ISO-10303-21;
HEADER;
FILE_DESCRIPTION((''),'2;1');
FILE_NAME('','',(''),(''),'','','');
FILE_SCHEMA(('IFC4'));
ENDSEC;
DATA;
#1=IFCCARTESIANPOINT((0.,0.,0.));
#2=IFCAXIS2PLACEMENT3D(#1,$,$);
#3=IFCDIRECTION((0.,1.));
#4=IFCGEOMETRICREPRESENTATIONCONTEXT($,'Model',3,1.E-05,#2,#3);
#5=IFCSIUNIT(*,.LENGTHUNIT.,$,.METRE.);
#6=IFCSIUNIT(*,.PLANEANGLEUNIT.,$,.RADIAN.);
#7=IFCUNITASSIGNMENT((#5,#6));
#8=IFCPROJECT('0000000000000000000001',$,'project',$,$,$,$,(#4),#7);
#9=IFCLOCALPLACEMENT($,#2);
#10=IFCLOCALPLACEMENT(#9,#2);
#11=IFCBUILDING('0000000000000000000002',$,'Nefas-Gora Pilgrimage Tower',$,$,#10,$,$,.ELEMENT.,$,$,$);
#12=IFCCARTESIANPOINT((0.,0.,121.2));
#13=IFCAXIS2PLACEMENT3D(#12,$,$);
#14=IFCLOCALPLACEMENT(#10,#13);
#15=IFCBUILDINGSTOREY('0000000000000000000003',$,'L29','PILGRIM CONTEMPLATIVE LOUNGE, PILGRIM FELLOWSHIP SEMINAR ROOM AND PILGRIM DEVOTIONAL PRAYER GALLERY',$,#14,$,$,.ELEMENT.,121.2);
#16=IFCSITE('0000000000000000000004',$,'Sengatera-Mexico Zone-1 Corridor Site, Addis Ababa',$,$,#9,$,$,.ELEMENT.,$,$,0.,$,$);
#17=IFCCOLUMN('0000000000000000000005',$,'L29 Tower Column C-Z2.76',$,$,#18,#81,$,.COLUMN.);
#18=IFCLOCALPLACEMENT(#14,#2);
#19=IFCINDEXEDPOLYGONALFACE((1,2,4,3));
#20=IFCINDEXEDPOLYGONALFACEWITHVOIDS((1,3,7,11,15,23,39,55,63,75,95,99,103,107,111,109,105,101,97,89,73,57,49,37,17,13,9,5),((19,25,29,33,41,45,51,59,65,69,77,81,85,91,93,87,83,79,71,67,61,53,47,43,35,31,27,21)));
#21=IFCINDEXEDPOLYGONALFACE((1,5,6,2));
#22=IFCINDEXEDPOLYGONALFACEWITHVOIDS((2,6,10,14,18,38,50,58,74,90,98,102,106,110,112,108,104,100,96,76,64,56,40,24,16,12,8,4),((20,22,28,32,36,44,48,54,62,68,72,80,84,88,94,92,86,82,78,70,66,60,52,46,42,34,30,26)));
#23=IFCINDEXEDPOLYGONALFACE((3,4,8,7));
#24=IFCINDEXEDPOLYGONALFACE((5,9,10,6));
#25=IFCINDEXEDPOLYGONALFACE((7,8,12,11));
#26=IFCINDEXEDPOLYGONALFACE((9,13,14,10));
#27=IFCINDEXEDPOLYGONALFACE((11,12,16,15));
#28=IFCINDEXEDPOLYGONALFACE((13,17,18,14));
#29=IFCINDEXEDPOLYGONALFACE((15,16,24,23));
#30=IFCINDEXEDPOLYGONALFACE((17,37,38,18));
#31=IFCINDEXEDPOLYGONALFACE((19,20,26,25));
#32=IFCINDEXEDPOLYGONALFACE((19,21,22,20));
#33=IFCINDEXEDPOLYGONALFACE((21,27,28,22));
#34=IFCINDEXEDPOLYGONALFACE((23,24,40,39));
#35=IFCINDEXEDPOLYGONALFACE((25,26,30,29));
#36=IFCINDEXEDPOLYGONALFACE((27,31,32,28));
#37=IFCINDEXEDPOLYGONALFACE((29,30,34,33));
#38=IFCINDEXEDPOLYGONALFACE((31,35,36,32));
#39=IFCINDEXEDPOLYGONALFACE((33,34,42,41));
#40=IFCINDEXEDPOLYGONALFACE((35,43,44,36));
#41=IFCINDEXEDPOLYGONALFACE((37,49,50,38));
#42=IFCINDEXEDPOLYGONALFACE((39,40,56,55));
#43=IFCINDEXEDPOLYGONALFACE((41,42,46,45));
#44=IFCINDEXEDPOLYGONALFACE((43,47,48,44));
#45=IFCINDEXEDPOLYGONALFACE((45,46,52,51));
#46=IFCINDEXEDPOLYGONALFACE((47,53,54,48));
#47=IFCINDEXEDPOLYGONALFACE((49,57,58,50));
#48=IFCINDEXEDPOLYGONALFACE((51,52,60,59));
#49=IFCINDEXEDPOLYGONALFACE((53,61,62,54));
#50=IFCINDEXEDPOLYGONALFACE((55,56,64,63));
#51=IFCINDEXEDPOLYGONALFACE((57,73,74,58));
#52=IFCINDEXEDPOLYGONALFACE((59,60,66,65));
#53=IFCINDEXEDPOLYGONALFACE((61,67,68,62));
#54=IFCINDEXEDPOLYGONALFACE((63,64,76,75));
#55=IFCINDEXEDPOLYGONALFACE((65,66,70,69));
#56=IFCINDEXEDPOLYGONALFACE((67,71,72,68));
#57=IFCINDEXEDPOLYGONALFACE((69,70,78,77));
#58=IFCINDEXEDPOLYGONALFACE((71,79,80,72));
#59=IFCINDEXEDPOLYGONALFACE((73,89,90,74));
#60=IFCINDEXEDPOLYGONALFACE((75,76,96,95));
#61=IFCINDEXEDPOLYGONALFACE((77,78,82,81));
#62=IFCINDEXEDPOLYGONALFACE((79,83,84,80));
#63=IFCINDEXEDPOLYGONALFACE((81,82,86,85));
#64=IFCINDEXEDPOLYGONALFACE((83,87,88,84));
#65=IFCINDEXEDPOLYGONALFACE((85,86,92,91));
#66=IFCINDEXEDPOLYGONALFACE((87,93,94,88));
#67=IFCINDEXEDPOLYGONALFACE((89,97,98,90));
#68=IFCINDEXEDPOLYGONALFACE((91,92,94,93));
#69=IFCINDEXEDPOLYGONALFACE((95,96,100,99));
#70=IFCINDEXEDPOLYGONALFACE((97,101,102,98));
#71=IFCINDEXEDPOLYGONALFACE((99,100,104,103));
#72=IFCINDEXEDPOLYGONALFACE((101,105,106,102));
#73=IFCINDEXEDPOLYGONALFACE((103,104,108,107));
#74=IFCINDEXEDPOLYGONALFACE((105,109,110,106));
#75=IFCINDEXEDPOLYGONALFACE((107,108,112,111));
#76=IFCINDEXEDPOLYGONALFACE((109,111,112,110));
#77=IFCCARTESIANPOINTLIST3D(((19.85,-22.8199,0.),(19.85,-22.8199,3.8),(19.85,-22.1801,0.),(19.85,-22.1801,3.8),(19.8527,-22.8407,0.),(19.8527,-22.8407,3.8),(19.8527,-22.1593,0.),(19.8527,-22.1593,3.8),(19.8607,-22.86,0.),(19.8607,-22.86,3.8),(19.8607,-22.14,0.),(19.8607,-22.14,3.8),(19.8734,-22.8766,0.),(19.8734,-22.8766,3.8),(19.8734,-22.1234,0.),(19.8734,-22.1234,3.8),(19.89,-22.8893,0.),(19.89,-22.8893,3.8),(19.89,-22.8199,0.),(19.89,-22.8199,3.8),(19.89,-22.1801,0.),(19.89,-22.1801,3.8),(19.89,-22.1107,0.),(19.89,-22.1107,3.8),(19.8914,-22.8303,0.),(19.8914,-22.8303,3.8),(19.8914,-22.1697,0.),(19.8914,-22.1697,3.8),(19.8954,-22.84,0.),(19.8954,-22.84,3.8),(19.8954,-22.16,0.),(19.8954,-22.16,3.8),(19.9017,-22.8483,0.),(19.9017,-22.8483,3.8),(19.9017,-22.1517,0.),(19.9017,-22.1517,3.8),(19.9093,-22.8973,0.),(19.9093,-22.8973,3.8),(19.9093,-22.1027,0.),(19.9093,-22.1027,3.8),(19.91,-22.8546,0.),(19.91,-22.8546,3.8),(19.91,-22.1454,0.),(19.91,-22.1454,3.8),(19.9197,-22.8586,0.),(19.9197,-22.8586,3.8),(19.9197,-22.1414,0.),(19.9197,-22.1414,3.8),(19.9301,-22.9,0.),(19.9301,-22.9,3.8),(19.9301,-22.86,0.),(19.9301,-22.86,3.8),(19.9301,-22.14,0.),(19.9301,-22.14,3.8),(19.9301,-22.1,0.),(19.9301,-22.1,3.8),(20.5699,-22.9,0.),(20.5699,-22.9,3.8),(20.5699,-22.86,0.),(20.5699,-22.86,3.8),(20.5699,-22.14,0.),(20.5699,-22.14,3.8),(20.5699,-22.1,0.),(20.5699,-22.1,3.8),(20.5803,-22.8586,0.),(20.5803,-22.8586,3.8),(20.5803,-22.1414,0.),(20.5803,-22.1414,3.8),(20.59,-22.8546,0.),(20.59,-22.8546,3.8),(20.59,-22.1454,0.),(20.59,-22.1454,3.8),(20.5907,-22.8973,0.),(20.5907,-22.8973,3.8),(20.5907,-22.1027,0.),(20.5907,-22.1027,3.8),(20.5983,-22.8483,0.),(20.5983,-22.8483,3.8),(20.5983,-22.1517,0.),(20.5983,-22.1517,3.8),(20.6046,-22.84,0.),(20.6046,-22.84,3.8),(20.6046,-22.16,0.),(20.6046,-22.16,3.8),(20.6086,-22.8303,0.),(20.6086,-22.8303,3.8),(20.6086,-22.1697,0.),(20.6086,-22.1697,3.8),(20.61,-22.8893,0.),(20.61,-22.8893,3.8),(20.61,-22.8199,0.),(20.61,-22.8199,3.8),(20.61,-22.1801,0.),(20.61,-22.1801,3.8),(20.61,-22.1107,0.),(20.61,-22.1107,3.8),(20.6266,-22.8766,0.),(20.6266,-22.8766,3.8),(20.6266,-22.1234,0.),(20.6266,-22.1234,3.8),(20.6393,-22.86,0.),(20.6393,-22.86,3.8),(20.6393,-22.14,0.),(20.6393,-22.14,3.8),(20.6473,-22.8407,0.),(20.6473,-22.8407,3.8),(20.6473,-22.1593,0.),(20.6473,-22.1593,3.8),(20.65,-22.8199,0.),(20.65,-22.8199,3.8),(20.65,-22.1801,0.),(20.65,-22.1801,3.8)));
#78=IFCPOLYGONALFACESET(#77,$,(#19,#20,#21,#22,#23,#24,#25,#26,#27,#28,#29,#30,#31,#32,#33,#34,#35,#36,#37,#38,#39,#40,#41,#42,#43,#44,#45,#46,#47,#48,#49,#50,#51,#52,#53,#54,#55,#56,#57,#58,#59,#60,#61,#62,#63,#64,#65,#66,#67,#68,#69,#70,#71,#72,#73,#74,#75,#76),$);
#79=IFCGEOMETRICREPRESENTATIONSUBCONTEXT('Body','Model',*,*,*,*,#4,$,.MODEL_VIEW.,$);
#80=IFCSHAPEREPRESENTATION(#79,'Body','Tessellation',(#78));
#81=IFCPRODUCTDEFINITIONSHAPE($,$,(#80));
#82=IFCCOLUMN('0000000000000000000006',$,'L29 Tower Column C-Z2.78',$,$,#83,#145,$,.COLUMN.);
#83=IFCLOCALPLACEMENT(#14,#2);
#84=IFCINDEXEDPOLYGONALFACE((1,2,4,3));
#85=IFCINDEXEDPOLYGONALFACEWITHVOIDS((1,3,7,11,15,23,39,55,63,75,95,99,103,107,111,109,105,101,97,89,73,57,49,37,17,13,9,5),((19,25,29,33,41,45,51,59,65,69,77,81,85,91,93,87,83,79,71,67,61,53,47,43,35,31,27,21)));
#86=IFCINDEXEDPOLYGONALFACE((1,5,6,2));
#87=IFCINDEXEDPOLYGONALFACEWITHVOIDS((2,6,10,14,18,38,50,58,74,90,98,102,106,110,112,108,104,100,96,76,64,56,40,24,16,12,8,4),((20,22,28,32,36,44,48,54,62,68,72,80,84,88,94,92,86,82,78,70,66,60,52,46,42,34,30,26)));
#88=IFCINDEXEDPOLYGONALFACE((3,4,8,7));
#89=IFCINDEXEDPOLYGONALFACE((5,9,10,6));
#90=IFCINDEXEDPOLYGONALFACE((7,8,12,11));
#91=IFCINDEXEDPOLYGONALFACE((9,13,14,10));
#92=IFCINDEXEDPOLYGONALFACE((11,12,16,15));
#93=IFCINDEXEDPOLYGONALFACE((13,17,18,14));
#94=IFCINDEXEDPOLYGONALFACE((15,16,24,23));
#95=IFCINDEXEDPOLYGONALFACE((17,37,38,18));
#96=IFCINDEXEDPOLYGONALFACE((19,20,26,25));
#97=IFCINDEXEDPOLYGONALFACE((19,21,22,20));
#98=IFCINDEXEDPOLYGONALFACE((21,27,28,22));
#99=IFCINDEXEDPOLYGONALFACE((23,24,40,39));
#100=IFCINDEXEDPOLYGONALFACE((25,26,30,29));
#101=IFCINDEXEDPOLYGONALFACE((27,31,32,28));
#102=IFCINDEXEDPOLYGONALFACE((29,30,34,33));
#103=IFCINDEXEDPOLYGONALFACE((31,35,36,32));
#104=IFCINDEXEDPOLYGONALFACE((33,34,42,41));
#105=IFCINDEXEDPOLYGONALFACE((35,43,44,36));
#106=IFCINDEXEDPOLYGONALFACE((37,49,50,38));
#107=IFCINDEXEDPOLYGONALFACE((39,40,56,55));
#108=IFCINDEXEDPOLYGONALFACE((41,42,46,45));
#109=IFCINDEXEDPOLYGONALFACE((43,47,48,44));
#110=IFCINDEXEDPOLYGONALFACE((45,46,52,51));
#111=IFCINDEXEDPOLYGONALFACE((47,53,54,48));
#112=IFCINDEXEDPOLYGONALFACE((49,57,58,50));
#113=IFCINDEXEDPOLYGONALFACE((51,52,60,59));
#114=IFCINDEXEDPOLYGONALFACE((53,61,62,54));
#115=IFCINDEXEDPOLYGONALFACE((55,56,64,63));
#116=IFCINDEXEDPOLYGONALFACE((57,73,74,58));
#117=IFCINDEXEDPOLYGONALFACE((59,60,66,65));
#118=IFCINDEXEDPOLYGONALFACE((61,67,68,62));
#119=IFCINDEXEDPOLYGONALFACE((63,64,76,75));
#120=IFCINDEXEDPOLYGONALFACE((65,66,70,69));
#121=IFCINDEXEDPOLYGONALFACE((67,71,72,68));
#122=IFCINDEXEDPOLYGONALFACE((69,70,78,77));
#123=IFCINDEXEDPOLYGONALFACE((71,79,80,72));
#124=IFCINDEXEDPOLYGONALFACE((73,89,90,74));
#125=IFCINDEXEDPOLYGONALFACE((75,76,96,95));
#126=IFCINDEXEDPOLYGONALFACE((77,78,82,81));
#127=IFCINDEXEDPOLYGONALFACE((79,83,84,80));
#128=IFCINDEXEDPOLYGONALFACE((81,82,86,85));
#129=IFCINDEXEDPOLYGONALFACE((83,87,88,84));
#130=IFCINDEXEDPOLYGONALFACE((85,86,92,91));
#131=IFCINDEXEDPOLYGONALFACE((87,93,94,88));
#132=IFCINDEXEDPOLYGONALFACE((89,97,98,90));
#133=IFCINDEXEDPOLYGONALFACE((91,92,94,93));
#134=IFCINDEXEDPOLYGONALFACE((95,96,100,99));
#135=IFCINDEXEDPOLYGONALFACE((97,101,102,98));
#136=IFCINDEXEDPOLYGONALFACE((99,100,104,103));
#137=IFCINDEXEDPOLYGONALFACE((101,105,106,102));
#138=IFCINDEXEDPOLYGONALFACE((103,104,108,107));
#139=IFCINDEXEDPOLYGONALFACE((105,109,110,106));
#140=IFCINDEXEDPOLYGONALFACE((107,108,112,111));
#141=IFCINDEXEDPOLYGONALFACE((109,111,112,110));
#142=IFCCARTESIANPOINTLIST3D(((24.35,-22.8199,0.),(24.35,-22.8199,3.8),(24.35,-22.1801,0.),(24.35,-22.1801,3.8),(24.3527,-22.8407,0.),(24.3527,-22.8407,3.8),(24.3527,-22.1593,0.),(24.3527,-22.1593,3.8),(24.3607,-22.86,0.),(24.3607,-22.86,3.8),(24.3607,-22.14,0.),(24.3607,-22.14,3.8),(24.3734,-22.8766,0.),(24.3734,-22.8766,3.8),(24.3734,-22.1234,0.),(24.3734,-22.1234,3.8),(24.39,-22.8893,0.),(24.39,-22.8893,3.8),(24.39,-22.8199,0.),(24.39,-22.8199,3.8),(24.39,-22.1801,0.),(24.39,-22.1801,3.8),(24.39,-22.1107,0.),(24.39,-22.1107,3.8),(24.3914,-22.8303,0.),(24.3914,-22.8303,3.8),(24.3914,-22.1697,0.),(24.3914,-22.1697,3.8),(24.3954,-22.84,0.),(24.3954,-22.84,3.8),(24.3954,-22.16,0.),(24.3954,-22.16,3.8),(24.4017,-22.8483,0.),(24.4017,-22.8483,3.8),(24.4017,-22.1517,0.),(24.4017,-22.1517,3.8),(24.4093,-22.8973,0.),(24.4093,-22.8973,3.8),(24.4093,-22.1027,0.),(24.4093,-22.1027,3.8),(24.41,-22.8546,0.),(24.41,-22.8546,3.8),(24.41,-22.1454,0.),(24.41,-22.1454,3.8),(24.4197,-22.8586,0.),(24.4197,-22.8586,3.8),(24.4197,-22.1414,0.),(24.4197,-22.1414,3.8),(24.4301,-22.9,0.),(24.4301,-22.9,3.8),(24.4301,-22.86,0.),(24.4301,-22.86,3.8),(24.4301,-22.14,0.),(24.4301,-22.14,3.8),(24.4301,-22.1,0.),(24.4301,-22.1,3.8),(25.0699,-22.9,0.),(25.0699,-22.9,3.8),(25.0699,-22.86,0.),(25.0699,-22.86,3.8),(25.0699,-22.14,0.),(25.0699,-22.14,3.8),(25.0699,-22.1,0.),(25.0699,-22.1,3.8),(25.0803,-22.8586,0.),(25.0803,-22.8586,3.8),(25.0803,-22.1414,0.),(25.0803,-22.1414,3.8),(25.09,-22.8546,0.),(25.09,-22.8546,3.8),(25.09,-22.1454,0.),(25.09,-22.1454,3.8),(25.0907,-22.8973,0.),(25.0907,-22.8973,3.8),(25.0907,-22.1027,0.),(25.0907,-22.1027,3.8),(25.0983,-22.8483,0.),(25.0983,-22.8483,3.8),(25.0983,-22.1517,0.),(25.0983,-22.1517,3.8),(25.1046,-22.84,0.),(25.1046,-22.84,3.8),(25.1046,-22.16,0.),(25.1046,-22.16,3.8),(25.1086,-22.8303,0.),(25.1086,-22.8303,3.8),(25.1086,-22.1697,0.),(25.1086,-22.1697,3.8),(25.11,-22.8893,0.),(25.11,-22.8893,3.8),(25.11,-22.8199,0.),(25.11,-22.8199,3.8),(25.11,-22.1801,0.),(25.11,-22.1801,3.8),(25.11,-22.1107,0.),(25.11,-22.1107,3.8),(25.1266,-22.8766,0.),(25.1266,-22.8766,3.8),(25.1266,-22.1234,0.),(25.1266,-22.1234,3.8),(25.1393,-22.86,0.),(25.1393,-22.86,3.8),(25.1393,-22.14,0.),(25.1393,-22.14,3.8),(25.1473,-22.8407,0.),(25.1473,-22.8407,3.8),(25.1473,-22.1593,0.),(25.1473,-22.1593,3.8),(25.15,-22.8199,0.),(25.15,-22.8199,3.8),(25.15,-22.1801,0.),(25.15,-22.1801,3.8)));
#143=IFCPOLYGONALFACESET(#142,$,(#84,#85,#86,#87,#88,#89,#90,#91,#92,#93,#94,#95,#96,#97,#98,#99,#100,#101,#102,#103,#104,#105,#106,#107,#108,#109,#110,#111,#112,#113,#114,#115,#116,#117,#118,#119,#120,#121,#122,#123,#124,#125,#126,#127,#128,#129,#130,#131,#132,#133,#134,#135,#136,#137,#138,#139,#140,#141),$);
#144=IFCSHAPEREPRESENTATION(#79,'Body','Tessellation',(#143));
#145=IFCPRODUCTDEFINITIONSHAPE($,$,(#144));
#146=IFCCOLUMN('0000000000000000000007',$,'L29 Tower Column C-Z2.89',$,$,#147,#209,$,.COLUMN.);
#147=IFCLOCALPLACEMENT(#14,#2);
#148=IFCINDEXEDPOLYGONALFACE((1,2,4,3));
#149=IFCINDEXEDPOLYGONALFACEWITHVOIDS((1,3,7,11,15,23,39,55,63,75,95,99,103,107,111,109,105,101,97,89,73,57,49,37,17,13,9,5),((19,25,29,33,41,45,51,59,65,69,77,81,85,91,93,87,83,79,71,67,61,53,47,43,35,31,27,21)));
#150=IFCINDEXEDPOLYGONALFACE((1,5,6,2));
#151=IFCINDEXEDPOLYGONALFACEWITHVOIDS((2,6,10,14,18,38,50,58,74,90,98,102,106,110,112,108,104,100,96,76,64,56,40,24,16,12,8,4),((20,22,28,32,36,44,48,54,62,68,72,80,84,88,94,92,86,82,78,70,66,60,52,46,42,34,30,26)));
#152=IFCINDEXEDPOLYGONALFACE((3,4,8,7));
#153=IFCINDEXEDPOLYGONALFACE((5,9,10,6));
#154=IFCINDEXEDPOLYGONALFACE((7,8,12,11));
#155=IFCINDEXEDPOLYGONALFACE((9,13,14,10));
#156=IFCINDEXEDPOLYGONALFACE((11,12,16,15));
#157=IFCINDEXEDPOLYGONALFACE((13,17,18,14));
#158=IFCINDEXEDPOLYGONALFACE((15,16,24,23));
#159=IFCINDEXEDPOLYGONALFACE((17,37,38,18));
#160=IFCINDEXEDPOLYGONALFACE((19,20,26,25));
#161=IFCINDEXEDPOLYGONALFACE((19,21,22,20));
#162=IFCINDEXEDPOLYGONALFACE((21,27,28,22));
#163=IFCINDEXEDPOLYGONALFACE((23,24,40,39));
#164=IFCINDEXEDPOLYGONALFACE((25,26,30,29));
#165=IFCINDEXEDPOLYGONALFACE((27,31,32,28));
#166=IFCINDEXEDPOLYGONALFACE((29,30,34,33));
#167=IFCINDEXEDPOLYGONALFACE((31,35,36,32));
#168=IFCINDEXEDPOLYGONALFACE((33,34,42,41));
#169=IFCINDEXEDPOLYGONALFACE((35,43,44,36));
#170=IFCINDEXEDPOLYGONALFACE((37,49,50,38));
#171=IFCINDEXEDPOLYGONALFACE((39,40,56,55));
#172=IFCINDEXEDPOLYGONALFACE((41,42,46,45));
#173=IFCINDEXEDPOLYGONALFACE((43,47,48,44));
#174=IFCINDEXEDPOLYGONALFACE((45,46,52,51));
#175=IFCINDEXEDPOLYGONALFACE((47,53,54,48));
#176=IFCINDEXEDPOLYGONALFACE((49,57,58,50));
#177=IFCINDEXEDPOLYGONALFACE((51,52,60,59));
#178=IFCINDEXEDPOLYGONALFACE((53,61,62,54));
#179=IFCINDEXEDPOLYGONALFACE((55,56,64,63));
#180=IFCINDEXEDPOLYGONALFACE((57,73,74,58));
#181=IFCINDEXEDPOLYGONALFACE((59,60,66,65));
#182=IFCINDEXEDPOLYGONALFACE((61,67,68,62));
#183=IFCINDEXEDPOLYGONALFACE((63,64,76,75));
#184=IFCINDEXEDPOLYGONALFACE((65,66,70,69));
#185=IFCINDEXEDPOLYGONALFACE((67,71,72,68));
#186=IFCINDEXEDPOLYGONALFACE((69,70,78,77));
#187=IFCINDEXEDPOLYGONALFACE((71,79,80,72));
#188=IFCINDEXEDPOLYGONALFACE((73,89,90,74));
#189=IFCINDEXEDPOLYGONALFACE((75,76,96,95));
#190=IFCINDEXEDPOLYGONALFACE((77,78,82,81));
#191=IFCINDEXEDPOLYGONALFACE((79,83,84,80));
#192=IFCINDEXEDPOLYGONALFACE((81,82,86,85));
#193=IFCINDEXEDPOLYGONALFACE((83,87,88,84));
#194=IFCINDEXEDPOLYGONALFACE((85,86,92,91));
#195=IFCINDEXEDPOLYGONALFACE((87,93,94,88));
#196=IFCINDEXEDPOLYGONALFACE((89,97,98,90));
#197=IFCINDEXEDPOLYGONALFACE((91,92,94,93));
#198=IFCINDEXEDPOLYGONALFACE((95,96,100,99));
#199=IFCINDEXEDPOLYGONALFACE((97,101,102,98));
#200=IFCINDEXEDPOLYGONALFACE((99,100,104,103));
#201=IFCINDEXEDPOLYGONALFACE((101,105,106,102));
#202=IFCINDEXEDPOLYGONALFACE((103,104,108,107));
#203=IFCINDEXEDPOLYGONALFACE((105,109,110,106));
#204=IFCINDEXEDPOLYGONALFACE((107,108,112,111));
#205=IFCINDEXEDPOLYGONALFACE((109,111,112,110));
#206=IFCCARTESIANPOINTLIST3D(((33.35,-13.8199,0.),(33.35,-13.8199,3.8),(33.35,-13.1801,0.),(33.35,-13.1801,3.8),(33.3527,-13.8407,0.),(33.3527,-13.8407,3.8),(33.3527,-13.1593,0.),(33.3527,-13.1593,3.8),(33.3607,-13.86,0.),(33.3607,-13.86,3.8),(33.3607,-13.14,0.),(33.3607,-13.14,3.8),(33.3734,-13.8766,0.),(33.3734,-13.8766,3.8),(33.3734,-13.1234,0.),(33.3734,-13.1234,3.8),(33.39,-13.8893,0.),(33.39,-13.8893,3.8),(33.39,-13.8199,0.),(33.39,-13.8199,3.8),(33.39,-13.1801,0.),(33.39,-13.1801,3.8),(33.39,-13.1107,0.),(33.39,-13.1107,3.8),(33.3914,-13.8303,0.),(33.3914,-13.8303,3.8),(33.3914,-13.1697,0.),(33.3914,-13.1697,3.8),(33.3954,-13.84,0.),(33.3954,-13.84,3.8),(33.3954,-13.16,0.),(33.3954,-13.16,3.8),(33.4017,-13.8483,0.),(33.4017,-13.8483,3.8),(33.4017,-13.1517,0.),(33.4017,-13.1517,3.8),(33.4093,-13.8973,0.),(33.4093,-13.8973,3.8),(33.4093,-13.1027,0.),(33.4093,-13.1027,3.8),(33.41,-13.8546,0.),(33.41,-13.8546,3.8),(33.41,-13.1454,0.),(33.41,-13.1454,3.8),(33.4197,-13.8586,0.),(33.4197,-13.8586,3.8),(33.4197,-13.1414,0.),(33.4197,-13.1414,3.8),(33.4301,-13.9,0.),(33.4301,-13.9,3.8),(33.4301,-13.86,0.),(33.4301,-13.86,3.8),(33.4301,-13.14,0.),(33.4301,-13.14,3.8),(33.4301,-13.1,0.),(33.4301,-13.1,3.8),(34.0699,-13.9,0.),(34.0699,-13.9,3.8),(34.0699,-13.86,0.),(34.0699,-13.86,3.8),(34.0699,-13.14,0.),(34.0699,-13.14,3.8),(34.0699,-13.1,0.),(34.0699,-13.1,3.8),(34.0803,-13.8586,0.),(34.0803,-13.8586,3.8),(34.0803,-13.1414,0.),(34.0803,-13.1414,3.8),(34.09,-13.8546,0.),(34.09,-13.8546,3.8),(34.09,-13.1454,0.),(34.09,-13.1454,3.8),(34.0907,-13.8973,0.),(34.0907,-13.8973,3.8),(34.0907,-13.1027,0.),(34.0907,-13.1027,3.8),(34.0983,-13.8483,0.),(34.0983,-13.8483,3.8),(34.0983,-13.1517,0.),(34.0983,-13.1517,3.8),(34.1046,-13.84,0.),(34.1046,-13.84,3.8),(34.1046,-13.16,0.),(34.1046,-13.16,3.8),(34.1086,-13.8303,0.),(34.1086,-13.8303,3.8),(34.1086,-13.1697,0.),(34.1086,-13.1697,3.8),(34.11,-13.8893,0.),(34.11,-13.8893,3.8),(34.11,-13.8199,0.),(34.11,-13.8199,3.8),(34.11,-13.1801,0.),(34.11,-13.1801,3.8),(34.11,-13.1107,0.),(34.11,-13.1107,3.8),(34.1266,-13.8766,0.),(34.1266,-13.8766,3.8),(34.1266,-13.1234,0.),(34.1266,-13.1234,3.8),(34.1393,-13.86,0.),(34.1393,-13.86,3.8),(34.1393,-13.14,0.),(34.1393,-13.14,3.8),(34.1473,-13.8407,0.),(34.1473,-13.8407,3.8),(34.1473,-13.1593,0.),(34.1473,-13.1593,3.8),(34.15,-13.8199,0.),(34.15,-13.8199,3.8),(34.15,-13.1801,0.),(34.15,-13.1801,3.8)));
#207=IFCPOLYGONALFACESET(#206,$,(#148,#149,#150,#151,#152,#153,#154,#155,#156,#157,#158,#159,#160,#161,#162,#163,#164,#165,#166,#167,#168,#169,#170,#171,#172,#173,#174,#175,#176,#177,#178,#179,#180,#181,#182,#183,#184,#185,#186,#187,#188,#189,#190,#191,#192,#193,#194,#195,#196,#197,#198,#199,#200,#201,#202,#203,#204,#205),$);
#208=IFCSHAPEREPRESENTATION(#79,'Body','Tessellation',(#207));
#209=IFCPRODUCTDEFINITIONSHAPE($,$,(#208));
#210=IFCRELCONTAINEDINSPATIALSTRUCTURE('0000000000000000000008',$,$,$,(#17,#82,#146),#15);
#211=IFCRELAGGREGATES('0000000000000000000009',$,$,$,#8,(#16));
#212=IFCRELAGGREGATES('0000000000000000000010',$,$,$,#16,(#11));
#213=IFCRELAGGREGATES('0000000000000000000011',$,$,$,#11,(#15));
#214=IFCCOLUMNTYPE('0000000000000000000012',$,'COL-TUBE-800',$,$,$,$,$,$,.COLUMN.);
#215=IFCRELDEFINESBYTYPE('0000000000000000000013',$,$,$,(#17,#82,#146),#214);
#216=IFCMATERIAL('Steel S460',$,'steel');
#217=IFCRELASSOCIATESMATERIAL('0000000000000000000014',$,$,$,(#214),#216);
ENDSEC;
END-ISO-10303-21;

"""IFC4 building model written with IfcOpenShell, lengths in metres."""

from ifc_helpers import new_model, si_unit, direction, frame, origin, origin_2d, place, context, subcontext, project, spatial, hollow_rectangle, extrude, source, transform, mapped, material, material_profile, profile_set, type_object, element, save


model = new_model("IFC4")

# Units and contexts
model_context = context("Model", 3, precision=1e-05, world=origin(), true_north=direction((0.0, 1.0)))
body_context = subcontext(model_context, "Body", "Model", "MODEL_VIEW")
ifc_project = project(units=[si_unit("LENGTHUNIT", "METRE"), si_unit("PLANEANGLEUNIT", "RADIAN")], contexts=[model_context])

# Site, building, storey
site_placement = place(None, origin())
site = spatial("IfcSite", under=ifc_project, at=site_placement, Name="Sengatera-Mexico Zone-1 Corridor Site, Addis Ababa", CompositionType="ELEMENT", RefElevation=0.0)
building_placement = place(site_placement, origin())
building = spatial("IfcBuilding", under=site, at=building_placement, Name="Nefas-Gora Pilgrimage Tower", CompositionType="ELEMENT")
storey_placement = place(building_placement, frame((0.0, 0.0, 121.2)))
storey = spatial("IfcBuildingStorey", under=building, at=storey_placement, Name="L29", Description="PILGRIM CONTEMPLATIVE LOUNGE, PILGRIM FELLOWSHIP SEMINAR ROOM AND PILGRIM DEVOTIONAL PRAYER GALLERY", CompositionType="ELEMENT", Elevation=121.2)

# Columns
ifc_material_1 = material(Name="Steel S460", Category="steel")
ifc_material_profile_1 = material_profile(ifc_material_1, hollow_rectangle(XDim=0.8, YDim=0.8, WallThickness=0.04, InnerFilletRadius=0.04, OuterFilletRadius=0.0801, at=origin_2d()), Name="BOX 800x800x40")
ifc_profile_set_1 = profile_set([ifc_material_profile_1], Name="Steel S460")
column_type_1 = type_object("IfcColumnType", Name="COL-TUBE-800", PredefinedType="COLUMN", material=ifc_profile_set_1)
shared_shape_1 = source(origin(), body_context, "Body", "SweptSolid", [
    extrude(hollow_rectangle(XDim=0.8, YDim=0.8, WallThickness=0.04, InnerFilletRadius=0.04, OuterFilletRadius=0.0801, at=origin_2d()), origin(), (0.0, 0.0, 1.0), 3.8),
])
for number, where, z_axis, x_axis, name in (
    (1, (20.25, -22.5, 0.0), (0.0, 0.0, 1.0), (1.0, 0.0, 0.0), "L29 Tower Column C-Z2.76"),
    (2, (24.75, -22.5, 0.0), (0.0, 0.0, 1.0), (1.0, 0.0, 0.0), "L29 Tower Column C-Z2.78"),
    (3, (33.75, -13.5, 0.0), (0.0, 0.0, 1.0), (1.0, 0.0, 0.0), "L29 Tower Column C-Z2.89"),
):
    element("IfcColumn", number, at=place(storey_placement, frame(where, z_axis=z_axis, x_axis=x_axis)), inside=storey, type_object=column_type_1, Name=name, PredefinedType="COLUMN", context=body_context, shape_type="MappedRepresentation", body=[
        mapped(shared_shape_1, transform((0.0, 0.0, 0.0), x_axis=(1.0, 0.0, 0.0), y_axis=(0.0, 1.0, 0.0), z_axis=(0.0, 0.0, 1.0), scale=1.0)),
    ])

save(model, "model.ifc")
